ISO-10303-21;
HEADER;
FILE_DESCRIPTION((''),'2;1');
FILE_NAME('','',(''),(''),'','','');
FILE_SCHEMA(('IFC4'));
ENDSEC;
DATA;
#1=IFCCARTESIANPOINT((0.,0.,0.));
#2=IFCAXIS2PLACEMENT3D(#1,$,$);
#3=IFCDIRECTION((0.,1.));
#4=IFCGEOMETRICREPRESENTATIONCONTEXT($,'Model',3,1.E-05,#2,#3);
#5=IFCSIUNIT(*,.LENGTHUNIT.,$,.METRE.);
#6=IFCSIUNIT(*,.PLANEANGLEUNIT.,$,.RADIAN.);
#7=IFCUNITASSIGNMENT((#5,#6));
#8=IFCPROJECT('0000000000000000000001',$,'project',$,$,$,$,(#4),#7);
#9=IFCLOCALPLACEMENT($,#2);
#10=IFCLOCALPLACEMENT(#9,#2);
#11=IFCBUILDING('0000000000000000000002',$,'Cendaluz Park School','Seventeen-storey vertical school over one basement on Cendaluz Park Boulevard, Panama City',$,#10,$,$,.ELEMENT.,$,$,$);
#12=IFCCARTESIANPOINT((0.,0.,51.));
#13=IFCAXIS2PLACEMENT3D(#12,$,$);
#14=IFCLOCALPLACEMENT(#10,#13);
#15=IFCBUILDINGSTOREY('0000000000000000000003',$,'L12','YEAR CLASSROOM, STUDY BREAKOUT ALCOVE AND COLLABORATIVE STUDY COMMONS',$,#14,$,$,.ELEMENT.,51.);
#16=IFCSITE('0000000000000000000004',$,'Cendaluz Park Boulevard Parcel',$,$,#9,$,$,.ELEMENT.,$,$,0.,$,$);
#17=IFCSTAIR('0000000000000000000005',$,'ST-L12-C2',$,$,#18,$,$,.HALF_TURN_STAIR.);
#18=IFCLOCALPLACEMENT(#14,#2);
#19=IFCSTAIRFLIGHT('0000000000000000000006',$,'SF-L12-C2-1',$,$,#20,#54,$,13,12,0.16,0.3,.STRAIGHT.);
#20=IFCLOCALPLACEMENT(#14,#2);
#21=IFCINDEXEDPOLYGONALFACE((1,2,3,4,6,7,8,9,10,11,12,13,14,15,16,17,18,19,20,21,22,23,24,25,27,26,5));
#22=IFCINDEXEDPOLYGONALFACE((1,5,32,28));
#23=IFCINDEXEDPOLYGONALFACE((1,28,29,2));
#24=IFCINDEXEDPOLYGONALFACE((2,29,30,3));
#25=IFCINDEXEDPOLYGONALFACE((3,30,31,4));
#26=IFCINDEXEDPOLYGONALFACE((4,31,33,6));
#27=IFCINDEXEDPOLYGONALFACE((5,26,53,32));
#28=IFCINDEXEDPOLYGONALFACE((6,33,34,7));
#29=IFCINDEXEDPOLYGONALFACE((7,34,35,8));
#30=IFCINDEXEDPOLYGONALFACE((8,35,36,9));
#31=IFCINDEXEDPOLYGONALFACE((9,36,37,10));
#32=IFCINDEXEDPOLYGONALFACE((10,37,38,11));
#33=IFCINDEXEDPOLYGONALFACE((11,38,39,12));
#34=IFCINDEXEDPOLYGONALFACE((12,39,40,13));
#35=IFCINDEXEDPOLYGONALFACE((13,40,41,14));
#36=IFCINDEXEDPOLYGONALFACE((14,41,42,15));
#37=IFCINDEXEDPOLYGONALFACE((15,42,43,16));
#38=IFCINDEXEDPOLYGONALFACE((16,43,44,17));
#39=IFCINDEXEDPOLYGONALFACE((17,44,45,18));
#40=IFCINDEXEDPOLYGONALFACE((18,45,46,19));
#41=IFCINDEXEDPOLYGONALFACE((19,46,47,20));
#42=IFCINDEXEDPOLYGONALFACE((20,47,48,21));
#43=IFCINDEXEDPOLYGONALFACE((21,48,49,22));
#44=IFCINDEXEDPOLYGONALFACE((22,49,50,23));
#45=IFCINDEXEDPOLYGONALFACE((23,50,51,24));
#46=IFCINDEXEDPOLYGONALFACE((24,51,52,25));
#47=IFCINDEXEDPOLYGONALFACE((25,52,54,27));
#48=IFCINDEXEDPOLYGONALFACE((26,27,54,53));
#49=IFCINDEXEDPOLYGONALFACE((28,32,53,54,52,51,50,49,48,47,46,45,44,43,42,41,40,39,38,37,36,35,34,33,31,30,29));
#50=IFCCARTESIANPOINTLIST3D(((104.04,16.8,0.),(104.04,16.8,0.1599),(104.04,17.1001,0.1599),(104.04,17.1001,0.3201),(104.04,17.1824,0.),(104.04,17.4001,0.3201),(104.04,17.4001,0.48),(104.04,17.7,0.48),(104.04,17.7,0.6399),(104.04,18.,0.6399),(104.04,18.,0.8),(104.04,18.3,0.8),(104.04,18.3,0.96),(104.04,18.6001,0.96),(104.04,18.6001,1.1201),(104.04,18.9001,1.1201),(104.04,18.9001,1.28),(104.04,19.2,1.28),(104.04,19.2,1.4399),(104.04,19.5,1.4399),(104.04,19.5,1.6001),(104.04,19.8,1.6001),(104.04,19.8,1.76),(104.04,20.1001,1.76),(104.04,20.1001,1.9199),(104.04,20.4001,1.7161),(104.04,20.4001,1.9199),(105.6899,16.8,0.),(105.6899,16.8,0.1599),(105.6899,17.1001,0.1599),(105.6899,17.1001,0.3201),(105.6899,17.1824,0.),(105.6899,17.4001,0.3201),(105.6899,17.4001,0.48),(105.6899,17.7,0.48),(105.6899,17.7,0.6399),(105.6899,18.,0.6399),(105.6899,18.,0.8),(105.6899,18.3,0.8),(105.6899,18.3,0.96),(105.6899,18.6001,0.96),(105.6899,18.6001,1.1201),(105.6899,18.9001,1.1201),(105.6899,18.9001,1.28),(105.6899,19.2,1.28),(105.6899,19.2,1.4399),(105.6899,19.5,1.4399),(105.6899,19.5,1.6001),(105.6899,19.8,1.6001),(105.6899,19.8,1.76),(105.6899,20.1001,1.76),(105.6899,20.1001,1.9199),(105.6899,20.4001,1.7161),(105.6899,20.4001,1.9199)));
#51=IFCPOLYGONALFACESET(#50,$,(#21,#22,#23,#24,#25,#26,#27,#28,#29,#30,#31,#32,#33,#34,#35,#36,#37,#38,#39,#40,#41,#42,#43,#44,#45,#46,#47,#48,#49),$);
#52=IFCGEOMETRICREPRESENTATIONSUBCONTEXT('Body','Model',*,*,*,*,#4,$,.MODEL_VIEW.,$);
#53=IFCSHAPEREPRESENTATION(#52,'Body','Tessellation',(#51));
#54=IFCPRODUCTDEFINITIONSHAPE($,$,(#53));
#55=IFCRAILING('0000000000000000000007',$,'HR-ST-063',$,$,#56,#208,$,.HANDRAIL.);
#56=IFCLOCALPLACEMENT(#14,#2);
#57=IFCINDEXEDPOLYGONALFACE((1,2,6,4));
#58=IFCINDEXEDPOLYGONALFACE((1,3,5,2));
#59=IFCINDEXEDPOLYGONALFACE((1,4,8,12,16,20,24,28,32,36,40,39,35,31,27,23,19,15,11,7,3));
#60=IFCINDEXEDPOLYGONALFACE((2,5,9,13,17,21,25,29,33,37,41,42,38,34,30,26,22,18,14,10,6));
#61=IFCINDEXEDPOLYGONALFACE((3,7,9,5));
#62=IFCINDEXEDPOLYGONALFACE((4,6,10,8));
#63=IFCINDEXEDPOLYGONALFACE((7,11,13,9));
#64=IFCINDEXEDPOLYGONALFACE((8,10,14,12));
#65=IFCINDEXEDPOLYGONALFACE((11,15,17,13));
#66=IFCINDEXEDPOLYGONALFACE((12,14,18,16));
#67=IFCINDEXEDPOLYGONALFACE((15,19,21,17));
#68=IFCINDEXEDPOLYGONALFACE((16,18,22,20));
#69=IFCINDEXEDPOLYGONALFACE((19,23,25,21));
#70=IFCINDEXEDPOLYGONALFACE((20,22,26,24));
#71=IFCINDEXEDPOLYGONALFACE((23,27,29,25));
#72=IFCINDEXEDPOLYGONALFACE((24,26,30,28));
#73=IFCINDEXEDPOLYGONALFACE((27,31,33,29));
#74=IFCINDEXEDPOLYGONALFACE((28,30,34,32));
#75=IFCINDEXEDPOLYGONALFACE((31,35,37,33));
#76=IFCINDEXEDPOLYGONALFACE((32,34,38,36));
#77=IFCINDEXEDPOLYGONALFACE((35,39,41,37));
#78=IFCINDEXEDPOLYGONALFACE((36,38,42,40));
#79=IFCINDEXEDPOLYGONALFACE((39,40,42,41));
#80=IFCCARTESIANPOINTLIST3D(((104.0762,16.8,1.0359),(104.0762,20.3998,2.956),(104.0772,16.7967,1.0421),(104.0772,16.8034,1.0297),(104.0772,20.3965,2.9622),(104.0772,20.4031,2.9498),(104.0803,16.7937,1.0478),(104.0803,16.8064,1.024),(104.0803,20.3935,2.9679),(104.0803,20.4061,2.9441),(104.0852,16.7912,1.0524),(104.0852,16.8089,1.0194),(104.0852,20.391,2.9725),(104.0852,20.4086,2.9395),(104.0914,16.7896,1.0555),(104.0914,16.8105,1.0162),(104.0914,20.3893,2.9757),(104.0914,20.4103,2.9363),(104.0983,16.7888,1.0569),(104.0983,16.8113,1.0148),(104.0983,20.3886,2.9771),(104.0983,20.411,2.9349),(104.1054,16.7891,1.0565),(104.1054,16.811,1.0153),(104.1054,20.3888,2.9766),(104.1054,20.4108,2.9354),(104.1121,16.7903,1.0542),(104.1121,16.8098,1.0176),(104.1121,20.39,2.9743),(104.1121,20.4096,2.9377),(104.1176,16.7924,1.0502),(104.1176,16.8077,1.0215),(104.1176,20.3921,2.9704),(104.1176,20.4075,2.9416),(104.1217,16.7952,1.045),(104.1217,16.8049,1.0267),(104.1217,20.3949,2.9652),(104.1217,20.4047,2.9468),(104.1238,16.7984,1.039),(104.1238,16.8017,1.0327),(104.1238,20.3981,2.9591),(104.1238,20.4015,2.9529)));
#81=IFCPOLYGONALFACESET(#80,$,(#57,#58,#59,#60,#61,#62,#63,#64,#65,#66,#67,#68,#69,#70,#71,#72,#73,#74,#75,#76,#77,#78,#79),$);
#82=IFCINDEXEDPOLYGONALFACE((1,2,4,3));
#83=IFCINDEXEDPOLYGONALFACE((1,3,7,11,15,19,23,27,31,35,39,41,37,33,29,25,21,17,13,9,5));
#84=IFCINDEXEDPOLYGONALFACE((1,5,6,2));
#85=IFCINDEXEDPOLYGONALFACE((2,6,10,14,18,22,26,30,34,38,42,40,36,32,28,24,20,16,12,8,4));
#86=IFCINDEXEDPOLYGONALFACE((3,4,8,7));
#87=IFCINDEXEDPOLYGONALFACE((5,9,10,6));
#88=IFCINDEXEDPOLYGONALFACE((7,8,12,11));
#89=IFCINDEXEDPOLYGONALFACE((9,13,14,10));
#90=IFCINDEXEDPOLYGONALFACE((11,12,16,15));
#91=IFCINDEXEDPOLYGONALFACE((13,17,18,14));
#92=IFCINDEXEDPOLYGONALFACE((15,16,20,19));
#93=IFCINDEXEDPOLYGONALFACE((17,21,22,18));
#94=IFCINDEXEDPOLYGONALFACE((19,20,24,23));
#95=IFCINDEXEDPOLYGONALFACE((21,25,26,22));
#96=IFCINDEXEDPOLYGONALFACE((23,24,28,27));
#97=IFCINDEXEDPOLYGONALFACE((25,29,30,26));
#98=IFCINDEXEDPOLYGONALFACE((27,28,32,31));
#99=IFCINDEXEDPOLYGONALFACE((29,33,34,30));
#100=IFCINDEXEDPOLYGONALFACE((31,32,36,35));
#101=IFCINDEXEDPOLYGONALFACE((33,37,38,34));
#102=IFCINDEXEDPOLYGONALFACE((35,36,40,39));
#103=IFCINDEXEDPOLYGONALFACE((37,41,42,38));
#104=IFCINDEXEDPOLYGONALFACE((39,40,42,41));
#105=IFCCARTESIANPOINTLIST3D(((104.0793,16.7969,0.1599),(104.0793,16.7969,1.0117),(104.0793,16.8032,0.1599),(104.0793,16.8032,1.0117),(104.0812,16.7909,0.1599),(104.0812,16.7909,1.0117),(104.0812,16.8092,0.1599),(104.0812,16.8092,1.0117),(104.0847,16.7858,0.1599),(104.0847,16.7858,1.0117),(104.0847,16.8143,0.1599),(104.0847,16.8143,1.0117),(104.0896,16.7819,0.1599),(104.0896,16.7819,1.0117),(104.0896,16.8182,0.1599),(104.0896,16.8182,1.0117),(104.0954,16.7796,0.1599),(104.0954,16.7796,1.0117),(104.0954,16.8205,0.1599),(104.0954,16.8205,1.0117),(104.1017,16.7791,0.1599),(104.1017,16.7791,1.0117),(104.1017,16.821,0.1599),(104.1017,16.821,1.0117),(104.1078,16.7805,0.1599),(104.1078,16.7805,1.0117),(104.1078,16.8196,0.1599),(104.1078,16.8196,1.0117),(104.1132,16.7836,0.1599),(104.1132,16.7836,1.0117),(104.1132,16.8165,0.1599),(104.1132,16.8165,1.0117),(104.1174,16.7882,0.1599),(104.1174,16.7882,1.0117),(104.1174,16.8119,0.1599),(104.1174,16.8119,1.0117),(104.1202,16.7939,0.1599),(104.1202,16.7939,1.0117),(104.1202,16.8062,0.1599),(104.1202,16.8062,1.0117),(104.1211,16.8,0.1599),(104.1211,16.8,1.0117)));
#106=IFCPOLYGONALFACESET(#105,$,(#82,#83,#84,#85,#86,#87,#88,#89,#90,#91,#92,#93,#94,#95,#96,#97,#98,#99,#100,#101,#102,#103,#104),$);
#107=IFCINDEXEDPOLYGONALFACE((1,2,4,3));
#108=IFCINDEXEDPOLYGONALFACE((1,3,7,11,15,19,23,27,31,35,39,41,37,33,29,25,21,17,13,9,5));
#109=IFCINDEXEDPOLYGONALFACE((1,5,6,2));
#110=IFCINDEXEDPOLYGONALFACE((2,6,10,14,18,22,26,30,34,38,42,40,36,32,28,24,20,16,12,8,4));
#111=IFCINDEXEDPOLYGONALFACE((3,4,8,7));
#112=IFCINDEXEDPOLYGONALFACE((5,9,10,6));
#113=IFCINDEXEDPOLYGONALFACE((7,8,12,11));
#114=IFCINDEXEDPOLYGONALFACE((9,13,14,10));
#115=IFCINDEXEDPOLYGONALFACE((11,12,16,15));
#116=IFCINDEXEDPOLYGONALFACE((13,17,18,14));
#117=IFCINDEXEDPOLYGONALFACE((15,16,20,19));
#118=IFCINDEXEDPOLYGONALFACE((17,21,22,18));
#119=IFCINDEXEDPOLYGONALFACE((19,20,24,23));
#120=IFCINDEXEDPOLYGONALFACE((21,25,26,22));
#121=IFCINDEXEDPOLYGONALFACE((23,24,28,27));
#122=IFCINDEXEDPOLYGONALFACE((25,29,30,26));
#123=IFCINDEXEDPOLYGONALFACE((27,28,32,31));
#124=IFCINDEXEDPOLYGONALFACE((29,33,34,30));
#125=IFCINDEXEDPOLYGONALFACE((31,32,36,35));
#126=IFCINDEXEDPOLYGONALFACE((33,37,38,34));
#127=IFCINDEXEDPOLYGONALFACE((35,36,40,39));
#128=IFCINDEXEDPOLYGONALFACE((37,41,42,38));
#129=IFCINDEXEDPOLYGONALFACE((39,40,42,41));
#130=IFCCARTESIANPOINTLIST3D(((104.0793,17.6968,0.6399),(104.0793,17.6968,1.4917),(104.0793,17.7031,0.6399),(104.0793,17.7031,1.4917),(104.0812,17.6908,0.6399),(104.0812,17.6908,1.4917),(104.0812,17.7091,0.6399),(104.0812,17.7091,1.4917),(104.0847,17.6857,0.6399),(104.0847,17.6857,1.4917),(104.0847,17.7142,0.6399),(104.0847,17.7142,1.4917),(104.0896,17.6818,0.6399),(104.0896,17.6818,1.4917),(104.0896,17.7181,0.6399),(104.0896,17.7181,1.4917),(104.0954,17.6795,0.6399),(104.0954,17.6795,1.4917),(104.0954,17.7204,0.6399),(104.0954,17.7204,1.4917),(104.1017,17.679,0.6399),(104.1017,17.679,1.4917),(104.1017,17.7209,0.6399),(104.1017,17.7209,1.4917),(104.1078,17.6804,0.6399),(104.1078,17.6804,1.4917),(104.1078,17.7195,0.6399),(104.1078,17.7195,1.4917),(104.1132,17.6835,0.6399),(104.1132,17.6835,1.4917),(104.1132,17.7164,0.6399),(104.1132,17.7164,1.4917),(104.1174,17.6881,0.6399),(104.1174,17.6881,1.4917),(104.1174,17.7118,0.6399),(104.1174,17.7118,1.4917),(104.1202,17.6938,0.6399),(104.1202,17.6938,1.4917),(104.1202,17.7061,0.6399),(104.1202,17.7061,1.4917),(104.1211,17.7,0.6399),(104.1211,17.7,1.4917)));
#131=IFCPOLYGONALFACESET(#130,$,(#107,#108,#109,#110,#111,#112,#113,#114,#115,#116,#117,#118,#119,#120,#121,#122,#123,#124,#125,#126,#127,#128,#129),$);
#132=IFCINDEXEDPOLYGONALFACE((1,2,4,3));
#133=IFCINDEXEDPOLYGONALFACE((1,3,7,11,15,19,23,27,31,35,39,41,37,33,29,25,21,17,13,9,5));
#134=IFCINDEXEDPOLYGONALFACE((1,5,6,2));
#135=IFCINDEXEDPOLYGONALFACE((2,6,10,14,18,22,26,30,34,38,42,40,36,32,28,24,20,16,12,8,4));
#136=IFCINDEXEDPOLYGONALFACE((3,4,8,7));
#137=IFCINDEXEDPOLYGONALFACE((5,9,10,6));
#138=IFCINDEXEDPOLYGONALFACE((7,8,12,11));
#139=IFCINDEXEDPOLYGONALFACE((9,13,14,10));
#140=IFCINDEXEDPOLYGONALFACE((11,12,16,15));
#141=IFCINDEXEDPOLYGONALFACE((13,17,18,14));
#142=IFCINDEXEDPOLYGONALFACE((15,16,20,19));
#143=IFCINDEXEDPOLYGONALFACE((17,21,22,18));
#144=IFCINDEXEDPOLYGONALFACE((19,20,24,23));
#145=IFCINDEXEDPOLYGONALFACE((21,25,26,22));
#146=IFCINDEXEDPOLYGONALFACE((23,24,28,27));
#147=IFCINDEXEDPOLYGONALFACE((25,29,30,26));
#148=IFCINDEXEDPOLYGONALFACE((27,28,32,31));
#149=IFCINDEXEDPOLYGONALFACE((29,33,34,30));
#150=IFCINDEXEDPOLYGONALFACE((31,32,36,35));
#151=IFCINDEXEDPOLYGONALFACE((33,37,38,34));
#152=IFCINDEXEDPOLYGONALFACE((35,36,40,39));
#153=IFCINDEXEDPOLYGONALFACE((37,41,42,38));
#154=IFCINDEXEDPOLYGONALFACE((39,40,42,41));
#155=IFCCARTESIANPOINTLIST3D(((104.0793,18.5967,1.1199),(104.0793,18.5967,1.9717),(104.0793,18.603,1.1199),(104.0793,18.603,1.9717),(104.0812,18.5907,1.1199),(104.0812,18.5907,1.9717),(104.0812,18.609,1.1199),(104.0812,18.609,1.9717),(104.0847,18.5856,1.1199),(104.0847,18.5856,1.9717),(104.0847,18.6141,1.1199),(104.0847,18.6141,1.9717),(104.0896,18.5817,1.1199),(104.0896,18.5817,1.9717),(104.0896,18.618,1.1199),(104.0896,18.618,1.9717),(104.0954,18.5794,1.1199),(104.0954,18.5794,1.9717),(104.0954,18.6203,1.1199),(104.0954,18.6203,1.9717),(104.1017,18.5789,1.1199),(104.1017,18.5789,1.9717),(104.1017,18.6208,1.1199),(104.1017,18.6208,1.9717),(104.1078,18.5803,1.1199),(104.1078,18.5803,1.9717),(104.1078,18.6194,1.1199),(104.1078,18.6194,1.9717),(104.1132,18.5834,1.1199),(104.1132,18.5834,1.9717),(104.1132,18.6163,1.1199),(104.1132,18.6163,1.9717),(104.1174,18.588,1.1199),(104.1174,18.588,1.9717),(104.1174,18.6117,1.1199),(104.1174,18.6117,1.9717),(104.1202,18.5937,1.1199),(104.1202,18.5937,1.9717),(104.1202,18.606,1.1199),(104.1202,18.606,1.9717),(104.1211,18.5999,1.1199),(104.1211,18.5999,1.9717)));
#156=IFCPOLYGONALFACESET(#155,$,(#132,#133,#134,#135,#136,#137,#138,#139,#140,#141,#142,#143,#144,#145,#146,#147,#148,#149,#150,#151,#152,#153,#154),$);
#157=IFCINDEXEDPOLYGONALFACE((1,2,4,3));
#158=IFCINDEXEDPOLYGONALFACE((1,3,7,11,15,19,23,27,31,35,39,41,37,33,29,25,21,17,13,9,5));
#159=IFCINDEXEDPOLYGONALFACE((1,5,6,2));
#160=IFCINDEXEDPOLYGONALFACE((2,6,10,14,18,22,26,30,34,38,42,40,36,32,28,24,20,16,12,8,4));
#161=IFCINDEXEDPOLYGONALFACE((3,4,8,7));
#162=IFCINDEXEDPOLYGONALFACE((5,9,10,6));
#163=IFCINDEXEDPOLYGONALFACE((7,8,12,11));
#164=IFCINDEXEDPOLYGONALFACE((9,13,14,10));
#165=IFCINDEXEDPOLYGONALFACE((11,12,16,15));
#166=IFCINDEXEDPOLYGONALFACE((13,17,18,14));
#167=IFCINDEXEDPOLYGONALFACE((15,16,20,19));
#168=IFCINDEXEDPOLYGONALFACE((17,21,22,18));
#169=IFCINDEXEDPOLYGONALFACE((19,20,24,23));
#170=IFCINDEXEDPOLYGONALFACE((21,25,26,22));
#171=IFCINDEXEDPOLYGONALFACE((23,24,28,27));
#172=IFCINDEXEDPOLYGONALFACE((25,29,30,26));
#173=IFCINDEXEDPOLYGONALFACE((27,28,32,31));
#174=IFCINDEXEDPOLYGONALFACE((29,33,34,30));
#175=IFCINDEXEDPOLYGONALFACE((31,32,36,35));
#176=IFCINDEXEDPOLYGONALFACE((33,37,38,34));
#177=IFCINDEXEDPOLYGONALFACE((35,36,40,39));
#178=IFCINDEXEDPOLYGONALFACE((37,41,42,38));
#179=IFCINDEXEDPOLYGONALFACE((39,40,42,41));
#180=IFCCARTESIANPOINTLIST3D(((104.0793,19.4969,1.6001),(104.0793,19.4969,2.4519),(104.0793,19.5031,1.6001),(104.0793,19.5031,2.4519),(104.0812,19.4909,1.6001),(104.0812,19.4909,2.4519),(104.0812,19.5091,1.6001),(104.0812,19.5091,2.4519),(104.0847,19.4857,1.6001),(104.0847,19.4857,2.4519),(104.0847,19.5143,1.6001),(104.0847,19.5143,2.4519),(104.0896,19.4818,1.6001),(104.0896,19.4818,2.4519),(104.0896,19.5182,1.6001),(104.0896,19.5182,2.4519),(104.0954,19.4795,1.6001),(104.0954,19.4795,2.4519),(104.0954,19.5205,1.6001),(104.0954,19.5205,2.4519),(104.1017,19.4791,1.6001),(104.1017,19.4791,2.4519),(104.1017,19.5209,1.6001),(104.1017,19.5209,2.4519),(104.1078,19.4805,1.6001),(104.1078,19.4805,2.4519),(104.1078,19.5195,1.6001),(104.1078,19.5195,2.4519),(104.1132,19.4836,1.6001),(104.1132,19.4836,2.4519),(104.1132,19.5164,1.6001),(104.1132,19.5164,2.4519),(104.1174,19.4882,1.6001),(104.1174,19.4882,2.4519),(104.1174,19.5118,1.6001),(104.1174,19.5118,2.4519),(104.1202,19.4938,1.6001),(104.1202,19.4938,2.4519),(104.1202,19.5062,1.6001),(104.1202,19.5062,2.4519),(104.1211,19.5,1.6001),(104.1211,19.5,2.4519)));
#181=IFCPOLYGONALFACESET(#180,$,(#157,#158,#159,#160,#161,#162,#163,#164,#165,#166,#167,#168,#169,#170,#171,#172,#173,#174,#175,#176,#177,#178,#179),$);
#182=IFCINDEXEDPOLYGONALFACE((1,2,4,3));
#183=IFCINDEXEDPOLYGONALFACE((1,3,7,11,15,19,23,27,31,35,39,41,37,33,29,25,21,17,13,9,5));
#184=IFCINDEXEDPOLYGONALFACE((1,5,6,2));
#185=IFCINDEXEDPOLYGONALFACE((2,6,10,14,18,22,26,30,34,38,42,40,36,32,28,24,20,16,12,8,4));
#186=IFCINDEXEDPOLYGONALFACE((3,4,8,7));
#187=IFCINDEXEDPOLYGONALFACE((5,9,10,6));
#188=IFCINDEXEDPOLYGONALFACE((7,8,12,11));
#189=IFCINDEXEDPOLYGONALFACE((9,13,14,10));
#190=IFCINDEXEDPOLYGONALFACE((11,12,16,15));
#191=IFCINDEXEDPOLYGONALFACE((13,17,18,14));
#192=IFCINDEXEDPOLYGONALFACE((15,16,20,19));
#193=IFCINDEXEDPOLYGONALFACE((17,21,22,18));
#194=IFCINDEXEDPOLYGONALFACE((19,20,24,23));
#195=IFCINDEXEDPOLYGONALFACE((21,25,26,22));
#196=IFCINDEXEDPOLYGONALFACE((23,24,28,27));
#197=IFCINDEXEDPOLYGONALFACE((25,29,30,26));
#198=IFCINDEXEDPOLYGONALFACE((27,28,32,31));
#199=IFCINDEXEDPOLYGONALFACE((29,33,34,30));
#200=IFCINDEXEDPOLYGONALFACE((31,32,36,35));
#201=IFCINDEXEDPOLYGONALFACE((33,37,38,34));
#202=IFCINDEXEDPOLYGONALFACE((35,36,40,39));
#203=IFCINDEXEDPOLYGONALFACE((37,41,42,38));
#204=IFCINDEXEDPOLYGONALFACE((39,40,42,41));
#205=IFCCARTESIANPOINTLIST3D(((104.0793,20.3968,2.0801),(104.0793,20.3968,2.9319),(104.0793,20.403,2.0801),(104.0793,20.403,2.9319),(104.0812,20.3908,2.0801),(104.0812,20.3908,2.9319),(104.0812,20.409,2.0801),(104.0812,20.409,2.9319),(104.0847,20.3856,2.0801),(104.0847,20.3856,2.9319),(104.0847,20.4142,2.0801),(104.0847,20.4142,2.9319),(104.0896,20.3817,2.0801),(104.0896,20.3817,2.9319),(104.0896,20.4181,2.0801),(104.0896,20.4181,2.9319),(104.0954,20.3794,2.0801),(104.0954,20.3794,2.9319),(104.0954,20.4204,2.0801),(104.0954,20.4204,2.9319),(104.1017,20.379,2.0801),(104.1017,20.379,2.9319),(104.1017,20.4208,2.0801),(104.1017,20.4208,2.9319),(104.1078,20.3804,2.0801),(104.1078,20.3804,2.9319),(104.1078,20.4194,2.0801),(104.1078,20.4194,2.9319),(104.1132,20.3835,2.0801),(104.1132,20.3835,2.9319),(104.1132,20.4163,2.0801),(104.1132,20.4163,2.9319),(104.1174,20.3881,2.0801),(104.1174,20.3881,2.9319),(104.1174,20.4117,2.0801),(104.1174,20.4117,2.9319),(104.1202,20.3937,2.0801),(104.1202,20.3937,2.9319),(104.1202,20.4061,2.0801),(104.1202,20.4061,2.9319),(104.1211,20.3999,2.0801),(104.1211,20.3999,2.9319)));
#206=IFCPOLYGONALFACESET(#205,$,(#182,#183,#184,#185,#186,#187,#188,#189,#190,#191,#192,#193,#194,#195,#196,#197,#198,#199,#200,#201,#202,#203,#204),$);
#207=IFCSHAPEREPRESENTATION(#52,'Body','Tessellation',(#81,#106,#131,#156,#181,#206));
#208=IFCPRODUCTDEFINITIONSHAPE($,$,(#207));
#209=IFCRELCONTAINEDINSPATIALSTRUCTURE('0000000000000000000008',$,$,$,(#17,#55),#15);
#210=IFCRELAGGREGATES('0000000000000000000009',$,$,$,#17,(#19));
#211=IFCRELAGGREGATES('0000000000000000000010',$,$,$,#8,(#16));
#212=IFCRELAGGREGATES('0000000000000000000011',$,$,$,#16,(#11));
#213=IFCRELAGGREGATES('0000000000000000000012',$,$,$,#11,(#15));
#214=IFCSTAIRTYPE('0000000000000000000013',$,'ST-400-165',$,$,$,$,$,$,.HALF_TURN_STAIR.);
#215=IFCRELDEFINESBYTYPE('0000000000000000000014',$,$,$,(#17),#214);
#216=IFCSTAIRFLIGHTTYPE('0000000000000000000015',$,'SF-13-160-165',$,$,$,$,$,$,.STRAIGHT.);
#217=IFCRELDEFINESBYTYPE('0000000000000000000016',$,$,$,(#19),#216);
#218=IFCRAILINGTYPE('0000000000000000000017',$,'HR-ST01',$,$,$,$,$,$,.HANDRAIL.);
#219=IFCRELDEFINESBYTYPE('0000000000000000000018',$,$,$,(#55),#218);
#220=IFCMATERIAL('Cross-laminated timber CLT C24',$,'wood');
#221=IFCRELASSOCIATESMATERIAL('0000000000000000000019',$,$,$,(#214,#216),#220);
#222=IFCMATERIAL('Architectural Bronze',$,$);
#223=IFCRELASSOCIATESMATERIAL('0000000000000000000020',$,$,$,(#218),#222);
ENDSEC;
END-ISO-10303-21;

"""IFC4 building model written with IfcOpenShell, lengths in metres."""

from ifc_helpers import new_model, si_unit, direction, frame, origin, origin_2d, place, context, subcontext, project, spatial, polyline, circle, outline, extrude, material, type_object, element, aggregate, save


model = new_model("IFC4")

# Units and contexts
model_context = context("Model", 3, precision=1e-05, world=origin(), true_north=direction((0.0, 1.0)))
body_context = subcontext(model_context, "Body", "Model", "MODEL_VIEW")
ifc_project = project(units=[si_unit("LENGTHUNIT", "METRE"), si_unit("PLANEANGLEUNIT", "RADIAN")], contexts=[model_context])

# Site, building, storey
site_placement = place(None, origin())
site = spatial("IfcSite", under=ifc_project, at=site_placement, Name="Cendaluz Park Boulevard Parcel", CompositionType="ELEMENT", RefElevation=0.0)
building_placement = place(site_placement, origin())
building = spatial("IfcBuilding", under=site, at=building_placement, Name="Cendaluz Park School", Description="Seventeen-storey vertical school over one basement on Cendaluz Park Boulevard, Panama City", CompositionType="ELEMENT")
storey_placement = place(building_placement, frame((0.0, 0.0, 51.0)))
storey = spatial("IfcBuildingStorey", under=building, at=storey_placement, Name="L12", Description="YEAR CLASSROOM, STUDY BREAKOUT ALCOVE AND COLLABORATIVE STUDY COMMONS", CompositionType="ELEMENT", Elevation=51.0)

# Shared definitions
ifc_material_1 = material(Name="Cross-laminated timber CLT C24", Category="wood")

# Stair, stair flight
stair_type = type_object("IfcStairType", Name="ST-400-165", PredefinedType="HALF_TURN_STAIR", material=ifc_material_1)
stair_placement = place(storey_placement, origin())
stair = element("IfcStair", 1, at=stair_placement, inside=storey, type_object=stair_type, Name="ST-L12-C2", PredefinedType="HALF_TURN_STAIR")
stair_flight_type_1 = type_object("IfcStairFlightType", Name="SF-13-160-165", PredefinedType="STRAIGHT", material=ifc_material_1)
stair_flight_1_placement = place(storey_placement, frame((104.865, 16.8, 0.0), z_axis=(0.0, 0.0, 1.0), x_axis=(0.0, 1.0, 0.0)))
stair_flight_1 = element("IfcStairFlight", 2, at=stair_flight_1_placement, type_object=stair_flight_type_1, Name="SF-L12-C2-1", NumberOfRisers=13, NumberOfTreads=12, PredefinedType="STRAIGHT", RiserHeight=0.16, TreadLength=0.3, context=body_context, shape_type="SweptSolid", body=[
    extrude(outline(polyline([(0.0, 0.0), (0.0, 0.1599), (0.3, 0.1599), (0.3, 0.3201), (0.6001, 0.3201), (0.6001, 0.48), (0.8999, 0.48), (0.8999, 0.6399), (1.2, 0.6399), (1.2, 0.8), (1.5, 0.8), (1.5, 0.96), (1.8, 0.96), (1.8, 1.1201), (2.1001, 1.1201), (2.1001, 1.28), (2.3999, 1.28), (2.3999, 1.4399), (2.7, 1.4399), (2.7, 1.6001), (3.0, 1.6001), (3.0, 1.76), (3.3, 1.76), (3.3, 1.9199), (3.6001, 1.9199), (3.6001, 2.0801), (3.6001, 1.7161), (0.3823, 0.0), (0.0, 0.0)])), frame((0.0, 0.825, 0.0), z_axis=(0.0, -1.0, 0.0), x_axis=(1.0, 0.0, 0.0)), (0.0, 0.0, 1.0), 1.6499),
])
aggregate(stair, [stair_flight_1])

# Railing
ifc_material_2 = material(Name="Architectural Bronze")
railing_type_1 = type_object("IfcRailingType", Name="HR-ST01", PredefinedType="HANDRAIL", material=ifc_material_2)
railing_1_placement = place(storey_placement, frame((104.1001, 16.8, 0.1599)))
element("IfcRailing", 3, at=railing_1_placement, inside=storey, type_object=railing_type_1, Name="HR-ST-063", PredefinedType="HANDRAIL", context=body_context, shape_type="SweptSolid", body=[
    extrude(circle(Radius=0.0239, at=origin_2d()), frame((0.0, 0.0, 0.876), z_axis=(0.0, 0.882328, 0.470635), x_axis=(-1.0, 0.0, 0.0)), (0.0, 0.0, 1.0), 4.0798),
    extrude(circle(Radius=0.021, at=origin_2d()), origin(), (0.0, 0.0, 1.0), 0.8518),
    extrude(circle(Radius=0.021, at=origin_2d()), frame((0.0, 0.8999, 0.48)), (0.0, 0.0, 1.0), 0.8518),
    extrude(circle(Radius=0.021, at=origin_2d()), frame((0.0, 1.7998, 0.96)), (0.0, 0.0, 1.0), 0.8518),
    extrude(circle(Radius=0.021, at=origin_2d()), frame((0.0, 2.7, 1.4402)), (0.0, 0.0, 1.0), 0.8518),
    extrude(circle(Radius=0.021, at=origin_2d()), frame((0.0, 3.5999, 1.9202)), (0.0, 0.0, 1.0), 0.8518),
])

save(model, "model.ifc")
